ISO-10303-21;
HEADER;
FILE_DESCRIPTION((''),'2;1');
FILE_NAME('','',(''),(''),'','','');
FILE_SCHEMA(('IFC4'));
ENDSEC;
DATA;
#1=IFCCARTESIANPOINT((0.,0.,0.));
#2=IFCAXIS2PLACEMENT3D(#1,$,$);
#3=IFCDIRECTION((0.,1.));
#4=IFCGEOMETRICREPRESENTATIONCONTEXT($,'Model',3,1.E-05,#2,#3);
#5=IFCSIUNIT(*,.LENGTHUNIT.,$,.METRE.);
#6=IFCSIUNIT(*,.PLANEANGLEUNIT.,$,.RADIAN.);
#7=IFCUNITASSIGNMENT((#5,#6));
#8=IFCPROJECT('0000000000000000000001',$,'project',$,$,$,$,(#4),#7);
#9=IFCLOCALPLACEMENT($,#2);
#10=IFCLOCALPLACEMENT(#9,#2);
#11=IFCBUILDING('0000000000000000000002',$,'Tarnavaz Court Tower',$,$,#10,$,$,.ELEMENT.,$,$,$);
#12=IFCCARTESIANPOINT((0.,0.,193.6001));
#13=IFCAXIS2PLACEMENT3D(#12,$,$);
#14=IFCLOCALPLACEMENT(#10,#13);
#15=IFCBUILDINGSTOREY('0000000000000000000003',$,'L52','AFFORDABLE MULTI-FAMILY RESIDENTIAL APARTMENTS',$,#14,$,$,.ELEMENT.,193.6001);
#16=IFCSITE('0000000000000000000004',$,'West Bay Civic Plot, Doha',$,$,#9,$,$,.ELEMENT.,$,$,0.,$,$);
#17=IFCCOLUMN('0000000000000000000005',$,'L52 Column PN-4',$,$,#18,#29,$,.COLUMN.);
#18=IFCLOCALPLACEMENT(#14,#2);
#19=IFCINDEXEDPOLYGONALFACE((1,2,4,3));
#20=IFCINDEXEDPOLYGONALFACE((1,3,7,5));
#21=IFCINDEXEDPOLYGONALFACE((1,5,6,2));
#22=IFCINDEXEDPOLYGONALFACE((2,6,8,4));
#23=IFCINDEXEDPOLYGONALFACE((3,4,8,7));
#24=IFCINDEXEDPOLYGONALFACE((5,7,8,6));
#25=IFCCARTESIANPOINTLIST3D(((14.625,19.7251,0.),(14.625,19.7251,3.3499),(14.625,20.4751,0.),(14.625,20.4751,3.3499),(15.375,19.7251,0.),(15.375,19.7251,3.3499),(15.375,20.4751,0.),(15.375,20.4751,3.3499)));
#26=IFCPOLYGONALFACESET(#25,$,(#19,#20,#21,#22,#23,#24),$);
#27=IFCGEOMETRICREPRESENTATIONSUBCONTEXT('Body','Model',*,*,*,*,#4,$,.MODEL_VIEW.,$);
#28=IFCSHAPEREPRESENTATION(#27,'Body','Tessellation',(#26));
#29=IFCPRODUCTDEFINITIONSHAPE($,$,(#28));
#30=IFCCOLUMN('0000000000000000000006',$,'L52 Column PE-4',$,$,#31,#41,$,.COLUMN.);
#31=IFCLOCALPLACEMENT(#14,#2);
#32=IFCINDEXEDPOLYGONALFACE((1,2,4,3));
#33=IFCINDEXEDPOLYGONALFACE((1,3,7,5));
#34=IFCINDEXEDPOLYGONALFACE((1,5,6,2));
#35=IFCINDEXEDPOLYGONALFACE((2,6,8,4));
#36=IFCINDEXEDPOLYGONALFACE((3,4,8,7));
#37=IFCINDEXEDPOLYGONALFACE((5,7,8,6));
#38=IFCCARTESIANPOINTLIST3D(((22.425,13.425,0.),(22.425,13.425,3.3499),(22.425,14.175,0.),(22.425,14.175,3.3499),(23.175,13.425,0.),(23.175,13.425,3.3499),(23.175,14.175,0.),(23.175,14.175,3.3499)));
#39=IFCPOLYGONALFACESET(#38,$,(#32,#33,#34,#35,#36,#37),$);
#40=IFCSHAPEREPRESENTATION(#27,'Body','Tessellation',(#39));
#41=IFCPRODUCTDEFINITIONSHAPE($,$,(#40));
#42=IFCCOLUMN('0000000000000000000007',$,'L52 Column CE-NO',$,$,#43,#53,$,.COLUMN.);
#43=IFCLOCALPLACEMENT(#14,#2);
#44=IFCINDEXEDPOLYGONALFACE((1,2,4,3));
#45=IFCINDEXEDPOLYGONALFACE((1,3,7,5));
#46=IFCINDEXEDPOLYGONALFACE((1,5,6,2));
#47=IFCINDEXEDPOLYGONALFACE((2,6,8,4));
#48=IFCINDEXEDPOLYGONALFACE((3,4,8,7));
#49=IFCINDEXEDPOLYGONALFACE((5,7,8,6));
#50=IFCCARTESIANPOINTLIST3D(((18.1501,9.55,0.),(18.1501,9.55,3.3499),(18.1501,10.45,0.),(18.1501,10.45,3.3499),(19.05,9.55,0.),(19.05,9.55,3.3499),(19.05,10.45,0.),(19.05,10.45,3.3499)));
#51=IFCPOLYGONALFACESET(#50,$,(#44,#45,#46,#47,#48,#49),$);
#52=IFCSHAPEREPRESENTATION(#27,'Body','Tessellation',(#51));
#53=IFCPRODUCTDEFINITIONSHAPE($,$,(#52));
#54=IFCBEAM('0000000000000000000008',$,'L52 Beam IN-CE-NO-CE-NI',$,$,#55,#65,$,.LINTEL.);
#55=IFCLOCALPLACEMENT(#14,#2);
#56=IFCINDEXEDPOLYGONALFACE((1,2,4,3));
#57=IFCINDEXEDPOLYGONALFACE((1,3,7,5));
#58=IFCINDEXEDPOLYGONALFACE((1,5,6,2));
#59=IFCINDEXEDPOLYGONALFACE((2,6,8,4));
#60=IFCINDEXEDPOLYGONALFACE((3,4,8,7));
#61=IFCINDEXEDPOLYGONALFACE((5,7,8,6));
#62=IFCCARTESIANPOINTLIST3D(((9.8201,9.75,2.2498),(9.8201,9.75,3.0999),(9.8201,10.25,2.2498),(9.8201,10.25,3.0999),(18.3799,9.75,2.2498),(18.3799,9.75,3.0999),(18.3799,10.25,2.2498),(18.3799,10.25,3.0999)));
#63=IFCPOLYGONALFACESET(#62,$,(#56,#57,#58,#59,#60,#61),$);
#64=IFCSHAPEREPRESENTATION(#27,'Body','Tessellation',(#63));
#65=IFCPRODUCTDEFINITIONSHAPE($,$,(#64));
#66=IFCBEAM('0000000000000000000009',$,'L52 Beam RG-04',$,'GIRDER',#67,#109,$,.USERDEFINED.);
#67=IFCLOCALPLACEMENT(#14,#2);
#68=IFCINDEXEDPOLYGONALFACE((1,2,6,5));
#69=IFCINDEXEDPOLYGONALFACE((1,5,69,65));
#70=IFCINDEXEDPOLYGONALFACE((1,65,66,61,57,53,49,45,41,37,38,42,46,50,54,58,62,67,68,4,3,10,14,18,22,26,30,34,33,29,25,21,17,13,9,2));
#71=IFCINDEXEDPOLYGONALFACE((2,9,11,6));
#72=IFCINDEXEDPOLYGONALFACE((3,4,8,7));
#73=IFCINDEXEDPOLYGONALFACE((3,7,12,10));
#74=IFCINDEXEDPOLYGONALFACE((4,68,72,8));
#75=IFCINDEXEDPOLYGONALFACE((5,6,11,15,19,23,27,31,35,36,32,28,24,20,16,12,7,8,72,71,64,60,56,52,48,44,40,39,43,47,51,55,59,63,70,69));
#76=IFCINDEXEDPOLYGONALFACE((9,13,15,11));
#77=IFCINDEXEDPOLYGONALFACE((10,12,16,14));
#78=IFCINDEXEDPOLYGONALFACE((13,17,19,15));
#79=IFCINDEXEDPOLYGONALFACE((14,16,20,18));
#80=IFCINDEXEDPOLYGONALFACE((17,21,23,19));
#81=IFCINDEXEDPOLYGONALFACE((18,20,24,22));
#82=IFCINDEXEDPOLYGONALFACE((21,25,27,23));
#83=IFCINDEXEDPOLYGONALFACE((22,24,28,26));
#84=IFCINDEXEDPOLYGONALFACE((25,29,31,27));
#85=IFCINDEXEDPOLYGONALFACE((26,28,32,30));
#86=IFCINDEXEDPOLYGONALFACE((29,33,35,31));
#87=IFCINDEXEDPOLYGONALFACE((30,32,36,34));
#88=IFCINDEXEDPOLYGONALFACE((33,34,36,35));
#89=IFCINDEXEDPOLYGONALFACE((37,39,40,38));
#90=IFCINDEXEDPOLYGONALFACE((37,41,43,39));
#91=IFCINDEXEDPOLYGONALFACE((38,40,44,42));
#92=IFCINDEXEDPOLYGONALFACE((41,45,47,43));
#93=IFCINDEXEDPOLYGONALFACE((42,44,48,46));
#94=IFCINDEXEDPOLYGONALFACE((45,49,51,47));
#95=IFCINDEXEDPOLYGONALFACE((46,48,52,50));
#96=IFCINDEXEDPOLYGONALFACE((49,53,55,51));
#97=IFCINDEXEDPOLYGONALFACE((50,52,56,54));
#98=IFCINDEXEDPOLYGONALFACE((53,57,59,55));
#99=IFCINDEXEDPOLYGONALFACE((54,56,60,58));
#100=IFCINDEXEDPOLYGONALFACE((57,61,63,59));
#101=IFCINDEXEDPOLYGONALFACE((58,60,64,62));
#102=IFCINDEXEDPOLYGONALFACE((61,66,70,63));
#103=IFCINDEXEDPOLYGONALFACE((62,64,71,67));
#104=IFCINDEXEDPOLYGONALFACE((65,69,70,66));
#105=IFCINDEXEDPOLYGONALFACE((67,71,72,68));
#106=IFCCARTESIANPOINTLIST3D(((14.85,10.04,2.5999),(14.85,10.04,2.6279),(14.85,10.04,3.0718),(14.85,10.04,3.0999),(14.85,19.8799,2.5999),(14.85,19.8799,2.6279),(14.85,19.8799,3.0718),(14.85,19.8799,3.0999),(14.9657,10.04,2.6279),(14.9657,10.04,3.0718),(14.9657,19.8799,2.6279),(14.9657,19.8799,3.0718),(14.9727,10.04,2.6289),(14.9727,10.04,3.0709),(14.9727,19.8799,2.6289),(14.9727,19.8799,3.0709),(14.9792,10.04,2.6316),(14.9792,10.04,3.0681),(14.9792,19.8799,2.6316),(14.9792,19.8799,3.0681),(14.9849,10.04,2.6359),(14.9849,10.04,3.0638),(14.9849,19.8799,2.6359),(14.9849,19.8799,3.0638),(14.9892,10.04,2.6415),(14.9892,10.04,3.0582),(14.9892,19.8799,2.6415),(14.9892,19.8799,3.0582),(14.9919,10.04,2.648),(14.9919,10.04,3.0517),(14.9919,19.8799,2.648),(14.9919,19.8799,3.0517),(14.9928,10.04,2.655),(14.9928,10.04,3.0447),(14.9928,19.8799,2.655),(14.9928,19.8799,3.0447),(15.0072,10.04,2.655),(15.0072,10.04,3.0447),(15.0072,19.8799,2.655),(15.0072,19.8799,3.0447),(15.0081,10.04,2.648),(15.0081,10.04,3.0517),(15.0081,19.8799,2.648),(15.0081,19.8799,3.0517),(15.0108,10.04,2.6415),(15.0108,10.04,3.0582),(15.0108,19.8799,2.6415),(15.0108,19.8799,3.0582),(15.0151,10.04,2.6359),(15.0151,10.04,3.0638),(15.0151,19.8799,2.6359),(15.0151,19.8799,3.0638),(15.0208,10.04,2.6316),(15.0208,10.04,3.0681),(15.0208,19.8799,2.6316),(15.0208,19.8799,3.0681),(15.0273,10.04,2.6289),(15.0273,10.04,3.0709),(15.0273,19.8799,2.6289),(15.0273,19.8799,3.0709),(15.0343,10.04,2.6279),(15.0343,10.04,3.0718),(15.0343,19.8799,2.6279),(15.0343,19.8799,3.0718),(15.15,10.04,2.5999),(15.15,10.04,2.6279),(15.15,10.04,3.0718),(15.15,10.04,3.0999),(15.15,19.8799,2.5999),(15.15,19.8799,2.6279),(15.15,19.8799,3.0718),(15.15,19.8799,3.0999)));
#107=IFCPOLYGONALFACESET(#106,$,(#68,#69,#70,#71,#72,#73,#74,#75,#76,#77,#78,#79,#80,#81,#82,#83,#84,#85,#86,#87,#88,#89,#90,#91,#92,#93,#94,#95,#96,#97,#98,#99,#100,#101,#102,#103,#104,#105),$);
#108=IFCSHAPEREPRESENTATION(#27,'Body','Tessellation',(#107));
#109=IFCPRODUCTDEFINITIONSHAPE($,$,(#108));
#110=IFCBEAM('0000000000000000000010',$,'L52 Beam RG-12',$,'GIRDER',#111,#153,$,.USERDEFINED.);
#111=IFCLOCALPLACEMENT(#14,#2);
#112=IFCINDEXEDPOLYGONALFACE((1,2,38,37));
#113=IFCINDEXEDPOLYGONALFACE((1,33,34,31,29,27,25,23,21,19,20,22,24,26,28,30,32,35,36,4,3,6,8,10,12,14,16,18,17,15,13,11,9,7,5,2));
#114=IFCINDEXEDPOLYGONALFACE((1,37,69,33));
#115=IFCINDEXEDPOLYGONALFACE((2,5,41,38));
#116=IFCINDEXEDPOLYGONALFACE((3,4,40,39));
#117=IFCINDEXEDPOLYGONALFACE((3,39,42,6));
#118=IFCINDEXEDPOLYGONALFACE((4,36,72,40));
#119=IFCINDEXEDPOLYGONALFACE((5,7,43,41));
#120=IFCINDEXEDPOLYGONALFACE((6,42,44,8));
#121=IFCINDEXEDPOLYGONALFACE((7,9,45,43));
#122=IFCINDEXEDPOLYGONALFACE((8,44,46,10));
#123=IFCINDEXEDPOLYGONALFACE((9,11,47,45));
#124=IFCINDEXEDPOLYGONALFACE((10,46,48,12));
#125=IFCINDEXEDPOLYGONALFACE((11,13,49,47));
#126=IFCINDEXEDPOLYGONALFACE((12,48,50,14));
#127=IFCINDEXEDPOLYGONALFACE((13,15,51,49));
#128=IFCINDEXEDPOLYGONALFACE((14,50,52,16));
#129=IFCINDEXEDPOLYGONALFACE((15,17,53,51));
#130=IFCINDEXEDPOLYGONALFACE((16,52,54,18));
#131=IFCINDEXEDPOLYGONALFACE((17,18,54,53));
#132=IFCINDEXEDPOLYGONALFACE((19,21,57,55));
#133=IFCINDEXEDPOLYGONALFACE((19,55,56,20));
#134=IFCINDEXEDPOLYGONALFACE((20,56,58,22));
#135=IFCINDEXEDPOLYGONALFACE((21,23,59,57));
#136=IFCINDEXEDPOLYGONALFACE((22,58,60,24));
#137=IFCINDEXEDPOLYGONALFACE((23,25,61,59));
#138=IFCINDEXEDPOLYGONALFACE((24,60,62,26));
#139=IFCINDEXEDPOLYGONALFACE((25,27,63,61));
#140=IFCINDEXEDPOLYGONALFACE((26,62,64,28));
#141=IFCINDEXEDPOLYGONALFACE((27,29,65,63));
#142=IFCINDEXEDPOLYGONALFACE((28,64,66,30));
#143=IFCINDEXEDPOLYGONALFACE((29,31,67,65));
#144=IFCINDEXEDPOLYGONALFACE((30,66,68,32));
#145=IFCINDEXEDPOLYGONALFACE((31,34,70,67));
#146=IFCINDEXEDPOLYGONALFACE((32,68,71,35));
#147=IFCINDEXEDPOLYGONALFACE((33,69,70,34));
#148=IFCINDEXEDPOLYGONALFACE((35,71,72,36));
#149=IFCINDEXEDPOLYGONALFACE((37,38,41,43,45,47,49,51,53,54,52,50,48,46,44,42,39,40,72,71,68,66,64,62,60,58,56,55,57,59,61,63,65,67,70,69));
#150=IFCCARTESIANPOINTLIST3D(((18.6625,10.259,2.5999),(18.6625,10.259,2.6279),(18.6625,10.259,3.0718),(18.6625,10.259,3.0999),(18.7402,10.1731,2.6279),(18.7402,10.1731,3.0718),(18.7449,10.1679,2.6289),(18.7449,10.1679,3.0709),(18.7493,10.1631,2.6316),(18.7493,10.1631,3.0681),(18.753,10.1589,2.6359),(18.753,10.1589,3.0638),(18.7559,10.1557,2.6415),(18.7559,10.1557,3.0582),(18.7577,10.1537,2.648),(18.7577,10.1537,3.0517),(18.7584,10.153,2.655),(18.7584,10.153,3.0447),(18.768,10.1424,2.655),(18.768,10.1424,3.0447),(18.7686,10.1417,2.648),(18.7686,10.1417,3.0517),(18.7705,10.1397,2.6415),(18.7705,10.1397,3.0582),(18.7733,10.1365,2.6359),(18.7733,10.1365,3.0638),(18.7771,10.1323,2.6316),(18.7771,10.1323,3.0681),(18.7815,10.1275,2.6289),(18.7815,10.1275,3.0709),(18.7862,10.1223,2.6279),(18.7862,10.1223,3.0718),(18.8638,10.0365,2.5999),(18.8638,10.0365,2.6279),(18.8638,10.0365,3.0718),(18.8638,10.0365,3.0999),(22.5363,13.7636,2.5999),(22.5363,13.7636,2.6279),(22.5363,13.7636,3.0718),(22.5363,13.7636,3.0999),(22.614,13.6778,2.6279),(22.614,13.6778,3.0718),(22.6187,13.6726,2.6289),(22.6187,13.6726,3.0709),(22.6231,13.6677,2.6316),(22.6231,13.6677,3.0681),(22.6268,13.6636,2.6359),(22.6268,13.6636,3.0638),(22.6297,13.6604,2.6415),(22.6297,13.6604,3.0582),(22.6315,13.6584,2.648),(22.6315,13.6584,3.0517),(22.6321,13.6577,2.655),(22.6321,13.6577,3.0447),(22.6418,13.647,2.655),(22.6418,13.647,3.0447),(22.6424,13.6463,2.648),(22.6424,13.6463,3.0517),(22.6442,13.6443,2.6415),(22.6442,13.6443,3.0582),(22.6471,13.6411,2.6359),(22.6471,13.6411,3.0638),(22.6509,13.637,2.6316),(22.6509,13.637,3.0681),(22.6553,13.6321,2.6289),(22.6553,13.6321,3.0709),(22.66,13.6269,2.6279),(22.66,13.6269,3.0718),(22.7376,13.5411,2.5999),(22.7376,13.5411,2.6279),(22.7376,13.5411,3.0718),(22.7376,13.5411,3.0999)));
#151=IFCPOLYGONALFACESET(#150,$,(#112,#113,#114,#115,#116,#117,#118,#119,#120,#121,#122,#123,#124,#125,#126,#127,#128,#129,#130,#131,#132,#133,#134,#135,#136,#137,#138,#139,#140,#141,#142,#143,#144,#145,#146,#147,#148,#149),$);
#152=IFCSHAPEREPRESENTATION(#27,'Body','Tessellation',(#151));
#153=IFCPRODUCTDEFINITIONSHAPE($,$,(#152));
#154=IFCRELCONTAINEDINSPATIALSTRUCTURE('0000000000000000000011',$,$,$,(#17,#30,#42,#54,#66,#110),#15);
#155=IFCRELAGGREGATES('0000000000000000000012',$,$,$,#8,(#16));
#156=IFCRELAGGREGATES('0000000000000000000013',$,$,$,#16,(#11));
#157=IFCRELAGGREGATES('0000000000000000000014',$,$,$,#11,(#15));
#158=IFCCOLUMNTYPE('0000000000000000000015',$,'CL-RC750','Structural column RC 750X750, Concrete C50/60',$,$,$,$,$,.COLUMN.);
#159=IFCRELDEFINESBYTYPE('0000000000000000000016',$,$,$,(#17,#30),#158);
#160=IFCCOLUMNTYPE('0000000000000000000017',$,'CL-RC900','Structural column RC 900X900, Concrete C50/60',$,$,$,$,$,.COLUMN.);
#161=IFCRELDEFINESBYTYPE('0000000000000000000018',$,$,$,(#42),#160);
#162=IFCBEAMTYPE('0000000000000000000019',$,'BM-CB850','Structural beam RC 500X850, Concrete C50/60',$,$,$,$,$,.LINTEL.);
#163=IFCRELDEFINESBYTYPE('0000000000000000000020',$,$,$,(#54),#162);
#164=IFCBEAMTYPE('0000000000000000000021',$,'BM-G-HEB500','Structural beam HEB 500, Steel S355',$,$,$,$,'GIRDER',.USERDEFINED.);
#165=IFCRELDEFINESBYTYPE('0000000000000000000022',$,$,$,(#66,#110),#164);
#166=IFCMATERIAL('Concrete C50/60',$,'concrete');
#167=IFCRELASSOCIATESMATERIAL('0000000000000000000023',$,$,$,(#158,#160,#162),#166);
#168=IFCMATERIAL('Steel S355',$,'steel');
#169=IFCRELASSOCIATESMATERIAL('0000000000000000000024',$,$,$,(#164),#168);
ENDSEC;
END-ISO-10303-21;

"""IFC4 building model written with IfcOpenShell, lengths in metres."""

from ifc_helpers import new_model, si_unit, direction, frame, origin, origin_2d, place, context, subcontext, project, spatial, rectangle, i_section, extrude, material, material_profile, profile_set, type_object, element, save


model = new_model("IFC4")

# Units and contexts
model_context = context("Model", 3, precision=1e-05, world=origin(), true_north=direction((0.0, 1.0)))
body_context = subcontext(model_context, "Body", "Model", "MODEL_VIEW")
ifc_project = project(units=[si_unit("LENGTHUNIT", "METRE"), si_unit("PLANEANGLEUNIT", "RADIAN")], contexts=[model_context])

# Site, building, storey
site_placement = place(None, origin())
site = spatial("IfcSite", under=ifc_project, at=site_placement, Name="West Bay Civic Plot, Doha", CompositionType="ELEMENT", RefElevation=0.0)
building_placement = place(site_placement, origin())
building = spatial("IfcBuilding", under=site, at=building_placement, Name="Tarnavaz Court Tower", CompositionType="ELEMENT")
storey_placement = place(building_placement, frame((0.0, 0.0, 193.6001)))
storey = spatial("IfcBuildingStorey", under=building, at=storey_placement, Name="L52", Description="AFFORDABLE MULTI-FAMILY RESIDENTIAL APARTMENTS", CompositionType="ELEMENT", Elevation=193.6001)

# Columns
ifc_material_1 = material(Name="Concrete C50/60", Category="concrete")
ifc_material_profile_1 = material_profile(ifc_material_1, rectangle(XDim=0.75, YDim=0.75, at=origin_2d()), Name="RC 750X750")
ifc_profile_set_1 = profile_set([ifc_material_profile_1], Name="Concrete C50/60")
column_type_1 = type_object("IfcColumnType", Name="CL-RC750", Description="Structural column RC 750X750, Concrete C50/60", PredefinedType="COLUMN", material=ifc_profile_set_1)
for number, where, z_axis, x_axis, name in (
    (1, (15.0, 20.1001, 0.0), (0.0, 0.0, 1.0), (1.0, 0.0, 0.0), "L52 Column PN-4"),
    (2, (22.8, 13.8, 0.0), (0.0, 0.0, 1.0), (1.0, 0.0, 0.0), "L52 Column PE-4"),
):
    element("IfcColumn", number, at=place(storey_placement, frame(where, z_axis=z_axis, x_axis=x_axis)), inside=storey, type_object=column_type_1, Name=name, PredefinedType="COLUMN", context=body_context, shape_type="SweptSolid", body=[
        extrude(rectangle(XDim=0.75, YDim=0.75, at=origin_2d()), origin(), (0.0, 0.0, 1.0), 3.3499),
    ])
ifc_material_profile_2 = material_profile(ifc_material_1, rectangle(XDim=0.8999, YDim=0.8999, at=origin_2d()), Name="RC 900X900")
ifc_profile_set_2 = profile_set([ifc_material_profile_2], Name="Concrete C50/60")
column_type_2 = type_object("IfcColumnType", Name="CL-RC900", Description="Structural column RC 900X900, Concrete C50/60", PredefinedType="COLUMN", material=ifc_profile_set_2)
column_placement = place(storey_placement, frame((18.6001, 10.0, 0.0), z_axis=(0.0, 0.0, 1.0), x_axis=(1.0, 0.0, 0.0)))
element("IfcColumn", 3, at=column_placement, inside=storey, type_object=column_type_2, Name="L52 Column CE-NO", PredefinedType="COLUMN", context=body_context, shape_type="SweptSolid", body=[
    extrude(rectangle(XDim=0.8999, YDim=0.8999, at=origin_2d()), origin(), (0.0, 0.0, 1.0), 3.3499),
])

# Beams
ifc_material_profile_3 = material_profile(ifc_material_1, rectangle(XDim=0.5, YDim=0.8501, at=origin_2d()), Name="RC 500X850")
ifc_profile_set_3 = profile_set([ifc_material_profile_3], Name="Concrete C50/60")
beam_type_1 = type_object("IfcBeamType", Name="BM-CB850", Description="Structural beam RC 500X850, Concrete C50/60", PredefinedType="LINTEL", material=ifc_profile_set_3)
beam_1_placement = place(storey_placement, frame((18.3799, 10.0, 2.6748), z_axis=(-1.0, 0.0, 0.0), x_axis=(0.0, -1.0, 0.0)))
element("IfcBeam", 4, at=beam_1_placement, inside=storey, type_object=beam_type_1, Name="L52 Beam IN-CE-NO-CE-NI", PredefinedType="LINTEL", context=body_context, shape_type="SweptSolid", body=[
    extrude(rectangle(XDim=0.5, YDim=0.8501, at=origin_2d()), origin(), (0.0, 0.0, 1.0), 8.5598),
])
ifc_material_2 = material(Name="Steel S355", Category="steel")
ifc_material_profile_4 = material_profile(ifc_material_2, i_section(OverallWidth=0.3, OverallDepth=0.5, WebThickness=0.0144, FlangeThickness=0.0281, FilletRadius=0.0271, at=origin_2d()), Name="HEB 500")
ifc_profile_set_4 = profile_set([ifc_material_profile_4], Name="Steel S355")
beam_type_2 = type_object("IfcBeamType", Name="BM-G-HEB500", Description="Structural beam HEB 500, Steel S355", ElementType="GIRDER", PredefinedType="USERDEFINED", material=ifc_profile_set_4)
beam_2_placement = place(storey_placement, frame((15.0, 10.04, 2.8499), z_axis=(0.0, 1.0, 0.0), x_axis=(-1.0, 0.0, 0.0)))
element("IfcBeam", 5, at=beam_2_placement, inside=storey, type_object=beam_type_2, Name="L52 Beam RG-04", ObjectType="GIRDER", PredefinedType="USERDEFINED", context=body_context, shape_type="SweptSolid", body=[
    extrude(i_section(OverallWidth=0.3, OverallDepth=0.5, WebThickness=0.0144, FlangeThickness=0.0281, FilletRadius=0.0271, at=origin_2d()), origin(), (0.0, 0.0, 1.0), 9.8398),
])
beam_3_placement = place(storey_placement, frame((18.7632, 10.1477, 2.8499), z_axis=(0.741556, 0.670891, 0.0), x_axis=(-0.670891, 0.741556, 0.0)))
element("IfcBeam", 6, at=beam_3_placement, inside=storey, type_object=beam_type_2, Name="L52 Beam RG-12", ObjectType="GIRDER", PredefinedType="USERDEFINED", context=body_context, shape_type="SweptSolid", body=[
    extrude(i_section(OverallWidth=0.3, OverallDepth=0.5, WebThickness=0.0144, FlangeThickness=0.0281, FilletRadius=0.0271, at=origin_2d()), origin(), (0.0, 0.0, 1.0), 5.2239),
])

save(model, "model.ifc")
